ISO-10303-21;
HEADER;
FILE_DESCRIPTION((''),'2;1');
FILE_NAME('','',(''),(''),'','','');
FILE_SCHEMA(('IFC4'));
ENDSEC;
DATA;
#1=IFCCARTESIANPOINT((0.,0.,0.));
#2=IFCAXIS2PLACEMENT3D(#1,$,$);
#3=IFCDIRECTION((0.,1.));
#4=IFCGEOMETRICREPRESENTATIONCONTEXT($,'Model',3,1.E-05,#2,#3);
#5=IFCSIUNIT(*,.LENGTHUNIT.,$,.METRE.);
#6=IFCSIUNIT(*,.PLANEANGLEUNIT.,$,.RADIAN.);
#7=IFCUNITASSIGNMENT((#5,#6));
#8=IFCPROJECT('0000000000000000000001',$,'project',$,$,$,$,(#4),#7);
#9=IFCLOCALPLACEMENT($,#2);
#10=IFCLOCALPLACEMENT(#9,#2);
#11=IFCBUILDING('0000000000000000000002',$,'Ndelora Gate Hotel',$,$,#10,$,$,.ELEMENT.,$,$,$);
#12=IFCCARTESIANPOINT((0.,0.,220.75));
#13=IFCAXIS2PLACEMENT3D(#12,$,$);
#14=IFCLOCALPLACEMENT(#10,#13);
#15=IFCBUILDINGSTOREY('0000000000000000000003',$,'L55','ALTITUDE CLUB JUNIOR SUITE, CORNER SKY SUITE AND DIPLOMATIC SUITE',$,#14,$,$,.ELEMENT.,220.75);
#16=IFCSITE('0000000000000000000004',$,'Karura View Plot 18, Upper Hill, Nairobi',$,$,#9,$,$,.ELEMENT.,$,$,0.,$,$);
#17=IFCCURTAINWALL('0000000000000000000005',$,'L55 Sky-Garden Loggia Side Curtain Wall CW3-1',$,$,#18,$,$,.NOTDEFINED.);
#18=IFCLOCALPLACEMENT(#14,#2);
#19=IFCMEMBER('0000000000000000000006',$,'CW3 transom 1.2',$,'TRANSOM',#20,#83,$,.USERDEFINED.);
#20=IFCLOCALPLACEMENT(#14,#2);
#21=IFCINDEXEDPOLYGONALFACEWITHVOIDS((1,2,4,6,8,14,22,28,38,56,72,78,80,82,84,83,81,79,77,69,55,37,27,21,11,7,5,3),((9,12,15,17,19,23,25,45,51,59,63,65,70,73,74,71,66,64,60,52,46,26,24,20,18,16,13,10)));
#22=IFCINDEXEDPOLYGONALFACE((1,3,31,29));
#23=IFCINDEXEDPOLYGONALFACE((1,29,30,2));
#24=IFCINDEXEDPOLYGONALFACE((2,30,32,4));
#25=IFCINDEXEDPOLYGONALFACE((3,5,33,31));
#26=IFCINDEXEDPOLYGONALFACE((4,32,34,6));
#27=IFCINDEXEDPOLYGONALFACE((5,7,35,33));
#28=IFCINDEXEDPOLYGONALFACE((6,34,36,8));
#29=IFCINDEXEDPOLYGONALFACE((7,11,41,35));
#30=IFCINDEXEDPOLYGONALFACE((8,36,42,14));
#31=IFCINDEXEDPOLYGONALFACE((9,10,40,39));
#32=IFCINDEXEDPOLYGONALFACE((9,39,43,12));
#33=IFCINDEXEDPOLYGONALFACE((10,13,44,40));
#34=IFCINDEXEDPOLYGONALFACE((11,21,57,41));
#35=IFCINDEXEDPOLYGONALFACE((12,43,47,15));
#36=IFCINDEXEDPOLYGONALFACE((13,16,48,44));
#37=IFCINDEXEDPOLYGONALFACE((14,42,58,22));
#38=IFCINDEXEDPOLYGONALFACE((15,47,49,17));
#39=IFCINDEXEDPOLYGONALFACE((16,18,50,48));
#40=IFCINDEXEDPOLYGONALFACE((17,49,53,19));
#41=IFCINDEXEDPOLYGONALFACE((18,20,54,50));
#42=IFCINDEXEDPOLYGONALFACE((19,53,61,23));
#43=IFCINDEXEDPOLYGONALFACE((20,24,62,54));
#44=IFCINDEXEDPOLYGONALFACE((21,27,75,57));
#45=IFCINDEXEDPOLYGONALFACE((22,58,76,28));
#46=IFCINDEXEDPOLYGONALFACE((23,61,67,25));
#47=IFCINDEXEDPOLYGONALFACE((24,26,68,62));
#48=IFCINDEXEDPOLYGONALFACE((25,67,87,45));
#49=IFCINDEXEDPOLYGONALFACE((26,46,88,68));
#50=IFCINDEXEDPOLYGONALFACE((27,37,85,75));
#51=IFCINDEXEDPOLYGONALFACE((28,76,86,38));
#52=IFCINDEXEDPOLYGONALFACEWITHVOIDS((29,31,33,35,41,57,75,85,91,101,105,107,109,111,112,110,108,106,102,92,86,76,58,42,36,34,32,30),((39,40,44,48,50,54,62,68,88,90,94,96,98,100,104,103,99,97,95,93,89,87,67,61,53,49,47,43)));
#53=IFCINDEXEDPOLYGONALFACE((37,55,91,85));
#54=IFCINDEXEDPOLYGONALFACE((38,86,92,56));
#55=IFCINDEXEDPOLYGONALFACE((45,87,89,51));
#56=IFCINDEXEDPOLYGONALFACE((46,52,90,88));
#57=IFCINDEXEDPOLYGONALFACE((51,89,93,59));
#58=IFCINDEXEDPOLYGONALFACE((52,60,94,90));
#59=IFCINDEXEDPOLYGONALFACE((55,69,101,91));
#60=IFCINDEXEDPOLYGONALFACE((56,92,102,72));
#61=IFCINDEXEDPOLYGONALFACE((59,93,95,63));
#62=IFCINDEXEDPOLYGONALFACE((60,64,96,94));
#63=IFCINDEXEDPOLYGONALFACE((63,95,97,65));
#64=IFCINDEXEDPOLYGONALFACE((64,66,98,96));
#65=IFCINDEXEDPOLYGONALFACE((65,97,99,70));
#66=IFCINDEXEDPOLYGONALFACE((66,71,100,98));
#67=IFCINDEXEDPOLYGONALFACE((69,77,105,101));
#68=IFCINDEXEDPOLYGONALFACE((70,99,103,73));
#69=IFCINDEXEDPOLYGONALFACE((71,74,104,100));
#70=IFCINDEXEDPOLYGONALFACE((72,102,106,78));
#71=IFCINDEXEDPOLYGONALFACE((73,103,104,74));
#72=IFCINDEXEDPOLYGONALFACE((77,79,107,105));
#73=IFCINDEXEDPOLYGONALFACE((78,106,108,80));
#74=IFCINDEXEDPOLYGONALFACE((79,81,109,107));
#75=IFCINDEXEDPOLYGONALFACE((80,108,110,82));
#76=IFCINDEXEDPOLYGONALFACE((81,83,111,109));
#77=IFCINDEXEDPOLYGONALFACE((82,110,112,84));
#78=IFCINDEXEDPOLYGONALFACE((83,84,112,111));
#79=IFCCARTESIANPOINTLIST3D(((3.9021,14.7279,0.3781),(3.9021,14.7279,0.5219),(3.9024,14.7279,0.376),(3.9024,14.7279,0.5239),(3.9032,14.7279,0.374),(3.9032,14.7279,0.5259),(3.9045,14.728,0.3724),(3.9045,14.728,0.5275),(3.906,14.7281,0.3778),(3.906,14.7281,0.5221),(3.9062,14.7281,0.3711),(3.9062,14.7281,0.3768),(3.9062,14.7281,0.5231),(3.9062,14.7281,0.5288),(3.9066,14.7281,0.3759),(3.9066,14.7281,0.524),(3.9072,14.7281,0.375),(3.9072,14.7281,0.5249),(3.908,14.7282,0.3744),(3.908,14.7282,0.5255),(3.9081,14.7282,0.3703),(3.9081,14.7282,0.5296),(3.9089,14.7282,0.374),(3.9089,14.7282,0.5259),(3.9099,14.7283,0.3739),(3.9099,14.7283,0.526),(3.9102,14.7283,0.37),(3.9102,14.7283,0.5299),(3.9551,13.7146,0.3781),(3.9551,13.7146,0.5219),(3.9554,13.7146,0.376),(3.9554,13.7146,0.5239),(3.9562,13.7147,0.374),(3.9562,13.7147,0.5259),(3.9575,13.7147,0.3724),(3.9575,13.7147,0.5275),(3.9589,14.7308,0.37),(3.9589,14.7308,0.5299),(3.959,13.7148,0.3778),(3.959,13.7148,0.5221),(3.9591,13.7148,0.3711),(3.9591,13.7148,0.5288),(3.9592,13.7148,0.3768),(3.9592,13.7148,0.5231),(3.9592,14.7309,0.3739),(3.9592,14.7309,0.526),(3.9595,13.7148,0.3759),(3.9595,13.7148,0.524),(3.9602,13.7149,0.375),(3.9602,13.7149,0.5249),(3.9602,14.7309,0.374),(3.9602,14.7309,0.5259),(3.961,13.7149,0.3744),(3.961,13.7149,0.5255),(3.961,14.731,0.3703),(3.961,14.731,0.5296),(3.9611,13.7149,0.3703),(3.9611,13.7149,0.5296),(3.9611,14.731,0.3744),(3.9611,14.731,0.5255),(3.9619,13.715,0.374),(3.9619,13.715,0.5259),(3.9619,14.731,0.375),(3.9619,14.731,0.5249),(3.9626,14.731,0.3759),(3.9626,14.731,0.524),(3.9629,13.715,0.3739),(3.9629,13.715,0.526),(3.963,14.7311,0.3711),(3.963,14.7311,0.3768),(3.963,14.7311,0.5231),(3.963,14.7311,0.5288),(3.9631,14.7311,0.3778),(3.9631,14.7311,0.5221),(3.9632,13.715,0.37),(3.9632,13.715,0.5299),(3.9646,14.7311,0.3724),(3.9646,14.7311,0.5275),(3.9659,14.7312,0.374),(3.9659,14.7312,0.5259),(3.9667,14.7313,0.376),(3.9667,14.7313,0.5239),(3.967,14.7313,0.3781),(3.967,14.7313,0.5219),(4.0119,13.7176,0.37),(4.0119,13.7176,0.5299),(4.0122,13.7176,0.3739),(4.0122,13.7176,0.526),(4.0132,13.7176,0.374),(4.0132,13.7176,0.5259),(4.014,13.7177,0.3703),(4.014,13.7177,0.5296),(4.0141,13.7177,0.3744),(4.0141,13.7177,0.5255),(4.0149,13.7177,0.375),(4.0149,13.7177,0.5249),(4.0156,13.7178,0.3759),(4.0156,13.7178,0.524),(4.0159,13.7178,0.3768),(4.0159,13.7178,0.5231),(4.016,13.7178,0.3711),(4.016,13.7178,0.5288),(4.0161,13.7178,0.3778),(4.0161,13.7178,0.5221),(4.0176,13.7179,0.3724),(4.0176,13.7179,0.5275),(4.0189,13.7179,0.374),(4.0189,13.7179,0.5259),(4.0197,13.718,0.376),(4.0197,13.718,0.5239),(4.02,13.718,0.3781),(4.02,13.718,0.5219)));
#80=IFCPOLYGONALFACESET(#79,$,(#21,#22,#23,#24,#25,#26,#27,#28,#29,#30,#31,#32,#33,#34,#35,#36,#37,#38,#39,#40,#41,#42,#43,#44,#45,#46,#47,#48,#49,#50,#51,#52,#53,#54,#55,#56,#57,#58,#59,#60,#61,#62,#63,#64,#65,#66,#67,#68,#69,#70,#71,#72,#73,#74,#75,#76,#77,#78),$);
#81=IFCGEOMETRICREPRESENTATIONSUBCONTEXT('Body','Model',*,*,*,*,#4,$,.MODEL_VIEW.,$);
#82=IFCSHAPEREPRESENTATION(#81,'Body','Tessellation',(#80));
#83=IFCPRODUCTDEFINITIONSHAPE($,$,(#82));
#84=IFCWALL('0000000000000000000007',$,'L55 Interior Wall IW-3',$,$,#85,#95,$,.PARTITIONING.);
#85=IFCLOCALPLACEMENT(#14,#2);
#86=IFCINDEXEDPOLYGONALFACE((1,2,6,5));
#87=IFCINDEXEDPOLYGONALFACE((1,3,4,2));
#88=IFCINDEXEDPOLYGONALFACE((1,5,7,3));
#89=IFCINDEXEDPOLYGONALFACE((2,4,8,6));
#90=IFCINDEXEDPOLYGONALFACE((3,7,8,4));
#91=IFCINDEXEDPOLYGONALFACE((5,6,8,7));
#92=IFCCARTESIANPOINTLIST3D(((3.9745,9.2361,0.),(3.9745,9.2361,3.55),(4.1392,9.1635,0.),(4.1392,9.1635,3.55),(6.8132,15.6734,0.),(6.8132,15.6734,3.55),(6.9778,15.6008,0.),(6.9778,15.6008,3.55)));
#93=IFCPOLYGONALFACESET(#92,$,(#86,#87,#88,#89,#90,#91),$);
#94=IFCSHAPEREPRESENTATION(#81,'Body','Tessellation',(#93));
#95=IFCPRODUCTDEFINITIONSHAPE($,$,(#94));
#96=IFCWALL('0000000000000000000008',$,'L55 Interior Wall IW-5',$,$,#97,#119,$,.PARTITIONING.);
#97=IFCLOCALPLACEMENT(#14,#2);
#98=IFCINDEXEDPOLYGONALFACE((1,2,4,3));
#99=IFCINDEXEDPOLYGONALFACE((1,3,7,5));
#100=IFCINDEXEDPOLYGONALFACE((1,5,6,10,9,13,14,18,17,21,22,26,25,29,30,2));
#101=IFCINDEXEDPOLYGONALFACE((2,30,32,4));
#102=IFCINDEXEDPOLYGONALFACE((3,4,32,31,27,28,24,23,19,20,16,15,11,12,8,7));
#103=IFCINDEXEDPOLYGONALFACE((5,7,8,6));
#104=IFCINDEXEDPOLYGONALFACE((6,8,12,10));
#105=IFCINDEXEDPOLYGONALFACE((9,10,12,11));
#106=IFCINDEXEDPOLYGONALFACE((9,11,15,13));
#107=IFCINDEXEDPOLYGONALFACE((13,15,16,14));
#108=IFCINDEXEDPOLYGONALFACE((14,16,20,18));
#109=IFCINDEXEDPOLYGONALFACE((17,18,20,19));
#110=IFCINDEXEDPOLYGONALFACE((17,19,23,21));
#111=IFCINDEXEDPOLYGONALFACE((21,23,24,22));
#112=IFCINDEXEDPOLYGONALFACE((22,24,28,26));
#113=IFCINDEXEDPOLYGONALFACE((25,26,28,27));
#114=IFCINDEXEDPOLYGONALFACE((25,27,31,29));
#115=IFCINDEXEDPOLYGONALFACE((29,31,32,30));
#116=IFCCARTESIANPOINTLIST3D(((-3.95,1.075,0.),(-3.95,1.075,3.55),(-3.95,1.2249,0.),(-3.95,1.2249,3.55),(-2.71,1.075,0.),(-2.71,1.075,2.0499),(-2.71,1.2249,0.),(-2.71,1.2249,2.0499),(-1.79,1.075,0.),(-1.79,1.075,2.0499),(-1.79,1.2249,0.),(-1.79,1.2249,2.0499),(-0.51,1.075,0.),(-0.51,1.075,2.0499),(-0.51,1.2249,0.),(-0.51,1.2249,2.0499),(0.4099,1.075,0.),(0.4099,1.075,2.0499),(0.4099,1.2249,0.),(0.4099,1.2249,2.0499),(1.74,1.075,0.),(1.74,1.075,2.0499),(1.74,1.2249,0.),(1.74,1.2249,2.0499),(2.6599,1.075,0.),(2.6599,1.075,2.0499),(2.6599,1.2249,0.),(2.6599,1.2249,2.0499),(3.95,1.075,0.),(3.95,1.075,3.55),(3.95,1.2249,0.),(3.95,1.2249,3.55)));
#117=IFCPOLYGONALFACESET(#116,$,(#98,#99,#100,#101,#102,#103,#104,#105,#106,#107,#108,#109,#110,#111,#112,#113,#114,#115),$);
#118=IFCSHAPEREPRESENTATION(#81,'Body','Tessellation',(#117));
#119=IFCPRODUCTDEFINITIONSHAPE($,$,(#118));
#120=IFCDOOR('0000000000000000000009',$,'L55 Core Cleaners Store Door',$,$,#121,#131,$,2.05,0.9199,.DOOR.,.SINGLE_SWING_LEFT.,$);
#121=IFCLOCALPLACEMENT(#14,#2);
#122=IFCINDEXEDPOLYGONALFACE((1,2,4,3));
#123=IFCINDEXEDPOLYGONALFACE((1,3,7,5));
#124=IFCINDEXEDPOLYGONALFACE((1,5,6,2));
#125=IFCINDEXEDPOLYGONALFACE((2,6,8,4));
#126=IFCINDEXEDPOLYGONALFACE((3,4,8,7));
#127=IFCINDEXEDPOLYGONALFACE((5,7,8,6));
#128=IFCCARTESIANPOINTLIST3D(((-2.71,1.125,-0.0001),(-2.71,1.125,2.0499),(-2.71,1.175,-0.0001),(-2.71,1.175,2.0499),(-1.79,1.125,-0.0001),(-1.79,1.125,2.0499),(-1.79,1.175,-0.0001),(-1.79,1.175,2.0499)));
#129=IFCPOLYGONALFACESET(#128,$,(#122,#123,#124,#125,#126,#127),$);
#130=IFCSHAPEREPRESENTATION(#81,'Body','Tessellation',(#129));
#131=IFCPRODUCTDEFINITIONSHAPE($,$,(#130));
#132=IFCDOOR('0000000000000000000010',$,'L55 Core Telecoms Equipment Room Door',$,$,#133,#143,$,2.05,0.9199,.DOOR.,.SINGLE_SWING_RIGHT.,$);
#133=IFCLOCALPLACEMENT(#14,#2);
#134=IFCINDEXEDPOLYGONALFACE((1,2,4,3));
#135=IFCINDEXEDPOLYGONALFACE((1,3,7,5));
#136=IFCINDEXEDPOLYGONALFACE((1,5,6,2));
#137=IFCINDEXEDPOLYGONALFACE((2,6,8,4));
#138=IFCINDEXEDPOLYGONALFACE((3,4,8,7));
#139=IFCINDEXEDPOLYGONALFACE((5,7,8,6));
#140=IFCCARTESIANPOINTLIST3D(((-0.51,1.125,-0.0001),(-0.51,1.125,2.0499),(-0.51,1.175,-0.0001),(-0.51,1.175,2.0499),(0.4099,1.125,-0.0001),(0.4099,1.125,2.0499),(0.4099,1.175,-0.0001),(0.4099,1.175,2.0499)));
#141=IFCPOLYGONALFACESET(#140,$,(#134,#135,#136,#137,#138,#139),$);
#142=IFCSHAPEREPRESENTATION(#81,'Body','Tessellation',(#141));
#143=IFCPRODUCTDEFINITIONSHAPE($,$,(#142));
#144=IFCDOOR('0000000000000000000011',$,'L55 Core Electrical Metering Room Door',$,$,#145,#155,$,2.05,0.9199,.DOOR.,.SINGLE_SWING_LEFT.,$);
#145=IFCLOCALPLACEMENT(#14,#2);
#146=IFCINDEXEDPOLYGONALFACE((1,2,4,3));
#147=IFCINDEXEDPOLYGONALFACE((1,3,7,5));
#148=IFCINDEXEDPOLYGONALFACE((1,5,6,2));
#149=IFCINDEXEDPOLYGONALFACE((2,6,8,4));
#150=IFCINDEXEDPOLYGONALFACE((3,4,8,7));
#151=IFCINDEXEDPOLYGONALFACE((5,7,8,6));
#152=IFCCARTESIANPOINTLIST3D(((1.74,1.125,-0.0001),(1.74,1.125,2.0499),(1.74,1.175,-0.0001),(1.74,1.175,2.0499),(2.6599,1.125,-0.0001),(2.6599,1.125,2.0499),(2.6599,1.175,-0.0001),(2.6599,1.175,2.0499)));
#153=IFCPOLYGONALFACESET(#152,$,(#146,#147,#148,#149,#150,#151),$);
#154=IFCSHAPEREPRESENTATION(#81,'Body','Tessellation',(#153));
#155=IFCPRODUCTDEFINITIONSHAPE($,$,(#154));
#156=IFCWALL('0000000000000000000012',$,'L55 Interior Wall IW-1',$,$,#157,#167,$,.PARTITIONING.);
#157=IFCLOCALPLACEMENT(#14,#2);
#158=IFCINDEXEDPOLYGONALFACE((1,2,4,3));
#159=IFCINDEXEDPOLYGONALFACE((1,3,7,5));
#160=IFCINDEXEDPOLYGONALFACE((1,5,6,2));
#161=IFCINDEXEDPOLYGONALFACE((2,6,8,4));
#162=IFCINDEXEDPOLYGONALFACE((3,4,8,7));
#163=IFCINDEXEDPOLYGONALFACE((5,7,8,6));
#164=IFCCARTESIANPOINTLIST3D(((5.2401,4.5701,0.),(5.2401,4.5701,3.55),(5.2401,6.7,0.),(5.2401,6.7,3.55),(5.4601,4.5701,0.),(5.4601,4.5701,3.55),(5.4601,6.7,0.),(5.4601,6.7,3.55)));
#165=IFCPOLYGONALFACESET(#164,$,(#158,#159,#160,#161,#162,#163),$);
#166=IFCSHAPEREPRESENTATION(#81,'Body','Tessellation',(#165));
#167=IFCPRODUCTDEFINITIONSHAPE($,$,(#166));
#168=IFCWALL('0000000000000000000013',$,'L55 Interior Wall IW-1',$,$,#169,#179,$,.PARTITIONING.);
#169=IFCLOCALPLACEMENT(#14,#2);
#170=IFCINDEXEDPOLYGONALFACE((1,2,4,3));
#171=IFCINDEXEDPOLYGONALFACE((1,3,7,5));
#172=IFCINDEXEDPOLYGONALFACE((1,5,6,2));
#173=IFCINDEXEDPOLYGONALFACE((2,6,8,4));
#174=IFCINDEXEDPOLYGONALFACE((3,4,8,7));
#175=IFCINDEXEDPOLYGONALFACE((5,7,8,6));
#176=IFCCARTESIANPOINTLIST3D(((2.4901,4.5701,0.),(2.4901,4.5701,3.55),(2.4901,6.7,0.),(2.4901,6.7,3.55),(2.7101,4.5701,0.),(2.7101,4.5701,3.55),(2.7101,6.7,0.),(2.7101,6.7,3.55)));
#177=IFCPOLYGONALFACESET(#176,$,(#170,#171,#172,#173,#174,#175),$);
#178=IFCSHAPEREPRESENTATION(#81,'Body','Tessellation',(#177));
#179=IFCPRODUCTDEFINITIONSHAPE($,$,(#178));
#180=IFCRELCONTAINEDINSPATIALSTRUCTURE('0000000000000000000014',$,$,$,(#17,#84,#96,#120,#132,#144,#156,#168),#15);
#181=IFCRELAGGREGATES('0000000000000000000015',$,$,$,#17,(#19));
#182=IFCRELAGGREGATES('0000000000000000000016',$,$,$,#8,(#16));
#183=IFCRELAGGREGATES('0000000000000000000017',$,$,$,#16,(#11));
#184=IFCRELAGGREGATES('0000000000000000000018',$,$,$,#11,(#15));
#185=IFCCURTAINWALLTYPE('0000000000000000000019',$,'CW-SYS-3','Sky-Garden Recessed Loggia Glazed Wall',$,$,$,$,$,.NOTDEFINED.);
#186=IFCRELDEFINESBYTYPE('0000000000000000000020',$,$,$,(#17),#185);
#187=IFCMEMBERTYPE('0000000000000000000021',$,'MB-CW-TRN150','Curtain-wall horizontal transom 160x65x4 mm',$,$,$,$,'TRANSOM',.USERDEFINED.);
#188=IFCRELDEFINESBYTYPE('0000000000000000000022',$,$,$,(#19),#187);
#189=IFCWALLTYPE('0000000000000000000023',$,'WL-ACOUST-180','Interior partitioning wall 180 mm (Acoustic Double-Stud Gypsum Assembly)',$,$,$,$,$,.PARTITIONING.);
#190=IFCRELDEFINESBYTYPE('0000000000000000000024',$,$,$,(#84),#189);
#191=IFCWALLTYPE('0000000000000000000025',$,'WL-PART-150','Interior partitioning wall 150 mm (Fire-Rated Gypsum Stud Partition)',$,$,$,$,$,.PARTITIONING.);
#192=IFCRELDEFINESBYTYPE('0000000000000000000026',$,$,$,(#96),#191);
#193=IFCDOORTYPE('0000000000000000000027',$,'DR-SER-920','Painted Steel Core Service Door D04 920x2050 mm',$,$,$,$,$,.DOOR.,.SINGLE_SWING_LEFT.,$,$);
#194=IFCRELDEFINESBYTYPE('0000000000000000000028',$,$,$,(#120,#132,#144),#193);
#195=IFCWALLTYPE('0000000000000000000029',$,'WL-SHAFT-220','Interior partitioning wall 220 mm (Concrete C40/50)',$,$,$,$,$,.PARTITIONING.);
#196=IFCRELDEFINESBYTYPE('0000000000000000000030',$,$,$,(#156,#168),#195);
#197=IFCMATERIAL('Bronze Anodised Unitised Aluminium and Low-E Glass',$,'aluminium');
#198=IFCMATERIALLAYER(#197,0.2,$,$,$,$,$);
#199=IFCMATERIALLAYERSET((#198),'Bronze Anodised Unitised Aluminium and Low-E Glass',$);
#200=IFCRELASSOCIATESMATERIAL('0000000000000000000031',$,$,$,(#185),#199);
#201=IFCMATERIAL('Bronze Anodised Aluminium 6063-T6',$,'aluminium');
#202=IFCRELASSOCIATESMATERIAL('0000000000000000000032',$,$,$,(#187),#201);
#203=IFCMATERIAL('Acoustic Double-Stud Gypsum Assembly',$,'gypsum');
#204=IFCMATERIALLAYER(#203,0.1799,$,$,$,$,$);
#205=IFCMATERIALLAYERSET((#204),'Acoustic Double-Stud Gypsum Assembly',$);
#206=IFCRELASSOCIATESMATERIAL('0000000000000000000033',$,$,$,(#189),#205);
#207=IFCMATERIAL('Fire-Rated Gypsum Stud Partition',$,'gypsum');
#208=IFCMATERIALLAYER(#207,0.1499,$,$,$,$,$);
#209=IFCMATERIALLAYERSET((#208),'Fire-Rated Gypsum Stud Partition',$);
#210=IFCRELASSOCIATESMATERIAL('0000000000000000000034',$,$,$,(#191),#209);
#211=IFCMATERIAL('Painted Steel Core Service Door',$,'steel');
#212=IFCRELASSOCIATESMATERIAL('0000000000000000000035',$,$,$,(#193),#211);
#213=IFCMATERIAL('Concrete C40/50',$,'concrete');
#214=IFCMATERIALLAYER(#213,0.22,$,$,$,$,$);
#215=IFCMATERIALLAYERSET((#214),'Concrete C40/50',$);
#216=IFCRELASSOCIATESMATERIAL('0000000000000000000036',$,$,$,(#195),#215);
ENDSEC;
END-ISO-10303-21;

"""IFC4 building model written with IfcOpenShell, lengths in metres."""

from ifc_helpers import new_model, si_unit, direction, frame, frame_2d, origin, origin_2d, place, context, subcontext, project, spatial, rectangle, hollow_rectangle, extrude, material, layer, layer_set, material_profile, profile_set, type_object, element, fill, aggregate, save


model = new_model("IFC4")

# Units and contexts
model_context = context("Model", 3, precision=1e-05, world=origin(), true_north=direction((0.0, 1.0)))
body_context = subcontext(model_context, "Body", "Model", "MODEL_VIEW")
ifc_project = project(units=[si_unit("LENGTHUNIT", "METRE"), si_unit("PLANEANGLEUNIT", "RADIAN")], contexts=[model_context])

# Site, building, storey
site_placement = place(None, origin())
site = spatial("IfcSite", under=ifc_project, at=site_placement, Name="Karura View Plot 18, Upper Hill, Nairobi", CompositionType="ELEMENT", RefElevation=0.0)
building_placement = place(site_placement, origin())
building = spatial("IfcBuilding", under=site, at=building_placement, Name="Ndelora Gate Hotel", CompositionType="ELEMENT")
storey_placement = place(building_placement, frame((0.0, 0.0, 220.75)))
storey = spatial("IfcBuildingStorey", under=building, at=storey_placement, Name="L55", Description="ALTITUDE CLUB JUNIOR SUITE, CORNER SKY SUITE AND DIPLOMATIC SUITE", CompositionType="ELEMENT", Elevation=220.75)

# Curtain wall, member
ifc_material_1 = material(Name="Bronze Anodised Unitised Aluminium and Low-E Glass", Category="aluminium")
ifc_layer_1 = layer(ifc_material_1, 0.2)
ifc_layer_set_1 = layer_set([ifc_layer_1], Name="Bronze Anodised Unitised Aluminium and Low-E Glass")
curtain_wall_type = type_object("IfcCurtainWallType", Name="CW-SYS-3", Description="Sky-Garden Recessed Loggia Glazed Wall", PredefinedType="NOTDEFINED", material=ifc_layer_set_1)
curtain_wall_placement = place(storey_placement, origin())
curtain_wall = element("IfcCurtainWall", 1, at=curtain_wall_placement, inside=storey, type_object=curtain_wall_type, Name="L55 Sky-Garden Loggia Side Curtain Wall CW3-1", PredefinedType="NOTDEFINED")
ifc_material_2 = material(Name="Bronze Anodised Aluminium 6063-T6", Category="aluminium")
ifc_material_profile_1 = material_profile(ifc_material_2, hollow_rectangle(XDim=0.0649, YDim=0.1599, WallThickness=0.0039, InnerFilletRadius=0.0039, OuterFilletRadius=0.0081, at=origin_2d()), Name="ALU 160x65x4")
ifc_profile_set_1 = profile_set([ifc_material_profile_1], Name="Bronze Anodised Aluminium 6063-T6")
member_type_1 = type_object("IfcMemberType", Name="MB-CW-TRN150", Description="Curtain-wall horizontal transom 160x65x4 mm", ElementType="TRANSOM", PredefinedType="USERDEFINED", material=ifc_profile_set_1)
member_1_placement = place(storey_placement, frame((3.9875, 13.7163, 0.45), z_axis=(-0.052218, 0.998636, 0.0), x_axis=(-0.998636, -0.052218, 0.0)))
member_1 = element("IfcMember", 2, at=member_1_placement, type_object=member_type_1, Name="CW3 transom 1.2", ObjectType="TRANSOM", PredefinedType="USERDEFINED", context=body_context, shape_type="SweptSolid", body=[
    extrude(hollow_rectangle(XDim=0.0649, YDim=0.1599, WallThickness=0.0039, InnerFilletRadius=0.0039, OuterFilletRadius=0.0081, at=origin_2d()), origin(), (0.0, 0.0, 1.0), 1.0146),
])
aggregate(curtain_wall, [member_1])

# Wall
ifc_material_3 = material(Name="Acoustic Double-Stud Gypsum Assembly", Category="gypsum")
ifc_layer_2 = layer(ifc_material_3, 0.1799)
ifc_layer_set_2 = layer_set([ifc_layer_2], Name="Acoustic Double-Stud Gypsum Assembly")
wall_type_1 = type_object("IfcWallType", Name="WL-ACOUST-180", Description="Interior partitioning wall 180 mm (Acoustic Double-Stud Gypsum Assembly)", PredefinedType="PARTITIONING", material=ifc_layer_set_2)
wall_1_placement = place(storey_placement, frame((4.0569, 9.2, 0.0), z_axis=(0.0, 0.0, 1.0), x_axis=(0.40348, 0.914988, 0.0)))
element("IfcWall", 3, at=wall_1_placement, inside=storey, type_object=wall_type_1, Name="L55 Interior Wall IW-3", PredefinedType="PARTITIONING", context=body_context, shape_type="SweptSolid", body=[
    extrude(rectangle(XDim=7.0354, YDim=0.1799, at=frame_2d((3.5176, 0.0))), origin(), (0.0, 0.0, 1.0), 3.55),
])

# Shared definitions
ifc_material_4 = material(Name="Concrete C40/50", Category="concrete")

# Wall, openings, doors
ifc_material_5 = material(Name="Fire-Rated Gypsum Stud Partition", Category="gypsum")
ifc_layer_3 = layer(ifc_material_5, 0.1499)
ifc_layer_set_3 = layer_set([ifc_layer_3], Name="Fire-Rated Gypsum Stud Partition")
wall_type_2 = type_object("IfcWallType", Name="WL-PART-150", Description="Interior partitioning wall 150 mm (Fire-Rated Gypsum Stud Partition)", PredefinedType="PARTITIONING", material=ifc_layer_set_3)
wall_2_placement = place(storey_placement, frame((3.95, 1.1499, 0.0), z_axis=(0.0, 0.0, 1.0), x_axis=(-1.0, 0.0, 0.0)))
wall_2 = element("IfcWall", 4, at=wall_2_placement, inside=storey, type_object=wall_type_2, Name="L55 Interior Wall IW-5", PredefinedType="PARTITIONING", context=body_context, shape_type="SweptSolid", body=[
    extrude(rectangle(XDim=7.8999, YDim=0.1499, at=frame_2d((3.95, 0.0))), origin(), (0.0, 0.0, 1.0), 3.55),
])
opening_1_placement = place(wall_2_placement, frame((5.74, 0.0, 0.0)))
opening_1 = element("IfcOpeningElement", 5, at=opening_1_placement, cuts=wall_2, PredefinedType="OPENING", context=body_context, shape_type="SweptSolid", body=[
    extrude(rectangle(XDim=0.9199, YDim=2.05, at=frame_2d((0.46, 1.0249))), frame((0.0, 0.085, 0.0), z_axis=(0.0, -1.0, 0.0), x_axis=(1.0, 0.0, 0.0)), (0.0, 0.0, 1.0), 0.1699),
])
opening_2_placement = place(wall_2_placement, frame((3.54, 0.0, 0.0)))
opening_2 = element("IfcOpeningElement", 6, at=opening_2_placement, cuts=wall_2, PredefinedType="OPENING", context=body_context, shape_type="SweptSolid", body=[
    extrude(rectangle(XDim=0.9199, YDim=2.05, at=frame_2d((0.46, 1.0249))), frame((0.0, 0.085, 0.0), z_axis=(0.0, -1.0, 0.0), x_axis=(1.0, 0.0, 0.0)), (0.0, 0.0, 1.0), 0.1699),
])
opening_3_placement = place(wall_2_placement, frame((1.29, 0.0, 0.0)))
opening_3 = element("IfcOpeningElement", 7, at=opening_3_placement, cuts=wall_2, PredefinedType="OPENING", context=body_context, shape_type="SweptSolid", body=[
    extrude(rectangle(XDim=0.9199, YDim=2.05, at=frame_2d((0.46, 1.0249))), frame((0.0, 0.085, 0.0), z_axis=(0.0, -1.0, 0.0), x_axis=(1.0, 0.0, 0.0)), (0.0, 0.0, 1.0), 0.1699),
])
ifc_material_6 = material(Name="Painted Steel Core Service Door", Category="steel")
door_type_1 = type_object("IfcDoorType", Name="DR-SER-920", Description="Painted Steel Core Service Door D04 920x2050 mm", OperationType="SINGLE_SWING_LEFT", PredefinedType="DOOR", material=ifc_material_6)
door_1_placement = place(opening_1_placement, origin())
door_1 = element("IfcDoor", 8, at=door_1_placement, inside=storey, type_object=door_type_1, Name="L55 Core Cleaners Store Door", OperationType="SINGLE_SWING_LEFT", OverallHeight=2.05, OverallWidth=0.9199, PredefinedType="DOOR", context=body_context, shape_type="SweptSolid", body=[
    extrude(rectangle(XDim=0.9199, YDim=2.05, at=frame_2d((0.46, 1.0249))), frame((0.0, 0.0249, 0.0), z_axis=(0.0, -1.0, 0.0), x_axis=(1.0, 0.0, 0.0)), (0.0, 0.0, 1.0), 0.05),
])
fill(opening_1, door_1)
door_2_placement = place(opening_2_placement, origin())
door_2 = element("IfcDoor", 9, at=door_2_placement, inside=storey, type_object=door_type_1, Name="L55 Core Telecoms Equipment Room Door", OperationType="SINGLE_SWING_RIGHT", OverallHeight=2.05, OverallWidth=0.9199, PredefinedType="DOOR", context=body_context, shape_type="SweptSolid", body=[
    extrude(rectangle(XDim=0.9199, YDim=2.05, at=frame_2d((0.46, 1.0249))), frame((0.0, 0.0249, 0.0), z_axis=(0.0, -1.0, 0.0), x_axis=(1.0, 0.0, 0.0)), (0.0, 0.0, 1.0), 0.05),
])
fill(opening_2, door_2)
door_3_placement = place(opening_3_placement, origin())
door_3 = element("IfcDoor", 10, at=door_3_placement, inside=storey, type_object=door_type_1, Name="L55 Core Electrical Metering Room Door", OperationType="SINGLE_SWING_LEFT", OverallHeight=2.05, OverallWidth=0.9199, PredefinedType="DOOR", context=body_context, shape_type="SweptSolid", body=[
    extrude(rectangle(XDim=0.9199, YDim=2.05, at=frame_2d((0.46, 1.0249))), frame((0.0, 0.0249, 0.0), z_axis=(0.0, -1.0, 0.0), x_axis=(1.0, 0.0, 0.0)), (0.0, 0.0, 1.0), 0.05),
])
fill(opening_3, door_3)

# Shared definitions
ifc_layer_4 = layer(ifc_material_4, 0.22)
ifc_layer_set_4 = layer_set([ifc_layer_4], Name="Concrete C40/50")
wall_type_3 = type_object("IfcWallType", Name="WL-SHAFT-220", Description="Interior partitioning wall 220 mm (Concrete C40/50)", PredefinedType="PARTITIONING", material=ifc_layer_set_4)

# Wall
wall_3_placement = place(storey_placement, frame((5.3501, 4.5701, 0.0), z_axis=(0.0, 0.0, 1.0), x_axis=(0.0, 1.0, 0.0)))
element("IfcWall", 11, at=wall_3_placement, inside=storey, type_object=wall_type_3, Name="L55 Interior Wall IW-1", PredefinedType="PARTITIONING", context=body_context, shape_type="SweptSolid", body=[
    extrude(rectangle(XDim=2.1299, YDim=0.22, at=frame_2d((1.0649, 0.0))), origin(), (0.0, 0.0, 1.0), 3.55),
])

# Wall
for number, where, z_axis, x_axis, name in (
    (12, (2.6001, 4.5701, 0.0), (0.0, 0.0, 1.0), (0.0, 1.0, 0.0), "L55 Interior Wall IW-1"),
):
    element("IfcWall", number, at=place(storey_placement, frame(where, z_axis=z_axis, x_axis=x_axis)), inside=storey, type_object=wall_type_3, Name=name, PredefinedType="PARTITIONING", context=body_context, shape_type="SweptSolid", body=[
        extrude(rectangle(XDim=2.1299, YDim=0.22, at=frame_2d((1.0649, 0.0))), origin(), (0.0, 0.0, 1.0), 3.55),
    ])

save(model, "model.ifc")
